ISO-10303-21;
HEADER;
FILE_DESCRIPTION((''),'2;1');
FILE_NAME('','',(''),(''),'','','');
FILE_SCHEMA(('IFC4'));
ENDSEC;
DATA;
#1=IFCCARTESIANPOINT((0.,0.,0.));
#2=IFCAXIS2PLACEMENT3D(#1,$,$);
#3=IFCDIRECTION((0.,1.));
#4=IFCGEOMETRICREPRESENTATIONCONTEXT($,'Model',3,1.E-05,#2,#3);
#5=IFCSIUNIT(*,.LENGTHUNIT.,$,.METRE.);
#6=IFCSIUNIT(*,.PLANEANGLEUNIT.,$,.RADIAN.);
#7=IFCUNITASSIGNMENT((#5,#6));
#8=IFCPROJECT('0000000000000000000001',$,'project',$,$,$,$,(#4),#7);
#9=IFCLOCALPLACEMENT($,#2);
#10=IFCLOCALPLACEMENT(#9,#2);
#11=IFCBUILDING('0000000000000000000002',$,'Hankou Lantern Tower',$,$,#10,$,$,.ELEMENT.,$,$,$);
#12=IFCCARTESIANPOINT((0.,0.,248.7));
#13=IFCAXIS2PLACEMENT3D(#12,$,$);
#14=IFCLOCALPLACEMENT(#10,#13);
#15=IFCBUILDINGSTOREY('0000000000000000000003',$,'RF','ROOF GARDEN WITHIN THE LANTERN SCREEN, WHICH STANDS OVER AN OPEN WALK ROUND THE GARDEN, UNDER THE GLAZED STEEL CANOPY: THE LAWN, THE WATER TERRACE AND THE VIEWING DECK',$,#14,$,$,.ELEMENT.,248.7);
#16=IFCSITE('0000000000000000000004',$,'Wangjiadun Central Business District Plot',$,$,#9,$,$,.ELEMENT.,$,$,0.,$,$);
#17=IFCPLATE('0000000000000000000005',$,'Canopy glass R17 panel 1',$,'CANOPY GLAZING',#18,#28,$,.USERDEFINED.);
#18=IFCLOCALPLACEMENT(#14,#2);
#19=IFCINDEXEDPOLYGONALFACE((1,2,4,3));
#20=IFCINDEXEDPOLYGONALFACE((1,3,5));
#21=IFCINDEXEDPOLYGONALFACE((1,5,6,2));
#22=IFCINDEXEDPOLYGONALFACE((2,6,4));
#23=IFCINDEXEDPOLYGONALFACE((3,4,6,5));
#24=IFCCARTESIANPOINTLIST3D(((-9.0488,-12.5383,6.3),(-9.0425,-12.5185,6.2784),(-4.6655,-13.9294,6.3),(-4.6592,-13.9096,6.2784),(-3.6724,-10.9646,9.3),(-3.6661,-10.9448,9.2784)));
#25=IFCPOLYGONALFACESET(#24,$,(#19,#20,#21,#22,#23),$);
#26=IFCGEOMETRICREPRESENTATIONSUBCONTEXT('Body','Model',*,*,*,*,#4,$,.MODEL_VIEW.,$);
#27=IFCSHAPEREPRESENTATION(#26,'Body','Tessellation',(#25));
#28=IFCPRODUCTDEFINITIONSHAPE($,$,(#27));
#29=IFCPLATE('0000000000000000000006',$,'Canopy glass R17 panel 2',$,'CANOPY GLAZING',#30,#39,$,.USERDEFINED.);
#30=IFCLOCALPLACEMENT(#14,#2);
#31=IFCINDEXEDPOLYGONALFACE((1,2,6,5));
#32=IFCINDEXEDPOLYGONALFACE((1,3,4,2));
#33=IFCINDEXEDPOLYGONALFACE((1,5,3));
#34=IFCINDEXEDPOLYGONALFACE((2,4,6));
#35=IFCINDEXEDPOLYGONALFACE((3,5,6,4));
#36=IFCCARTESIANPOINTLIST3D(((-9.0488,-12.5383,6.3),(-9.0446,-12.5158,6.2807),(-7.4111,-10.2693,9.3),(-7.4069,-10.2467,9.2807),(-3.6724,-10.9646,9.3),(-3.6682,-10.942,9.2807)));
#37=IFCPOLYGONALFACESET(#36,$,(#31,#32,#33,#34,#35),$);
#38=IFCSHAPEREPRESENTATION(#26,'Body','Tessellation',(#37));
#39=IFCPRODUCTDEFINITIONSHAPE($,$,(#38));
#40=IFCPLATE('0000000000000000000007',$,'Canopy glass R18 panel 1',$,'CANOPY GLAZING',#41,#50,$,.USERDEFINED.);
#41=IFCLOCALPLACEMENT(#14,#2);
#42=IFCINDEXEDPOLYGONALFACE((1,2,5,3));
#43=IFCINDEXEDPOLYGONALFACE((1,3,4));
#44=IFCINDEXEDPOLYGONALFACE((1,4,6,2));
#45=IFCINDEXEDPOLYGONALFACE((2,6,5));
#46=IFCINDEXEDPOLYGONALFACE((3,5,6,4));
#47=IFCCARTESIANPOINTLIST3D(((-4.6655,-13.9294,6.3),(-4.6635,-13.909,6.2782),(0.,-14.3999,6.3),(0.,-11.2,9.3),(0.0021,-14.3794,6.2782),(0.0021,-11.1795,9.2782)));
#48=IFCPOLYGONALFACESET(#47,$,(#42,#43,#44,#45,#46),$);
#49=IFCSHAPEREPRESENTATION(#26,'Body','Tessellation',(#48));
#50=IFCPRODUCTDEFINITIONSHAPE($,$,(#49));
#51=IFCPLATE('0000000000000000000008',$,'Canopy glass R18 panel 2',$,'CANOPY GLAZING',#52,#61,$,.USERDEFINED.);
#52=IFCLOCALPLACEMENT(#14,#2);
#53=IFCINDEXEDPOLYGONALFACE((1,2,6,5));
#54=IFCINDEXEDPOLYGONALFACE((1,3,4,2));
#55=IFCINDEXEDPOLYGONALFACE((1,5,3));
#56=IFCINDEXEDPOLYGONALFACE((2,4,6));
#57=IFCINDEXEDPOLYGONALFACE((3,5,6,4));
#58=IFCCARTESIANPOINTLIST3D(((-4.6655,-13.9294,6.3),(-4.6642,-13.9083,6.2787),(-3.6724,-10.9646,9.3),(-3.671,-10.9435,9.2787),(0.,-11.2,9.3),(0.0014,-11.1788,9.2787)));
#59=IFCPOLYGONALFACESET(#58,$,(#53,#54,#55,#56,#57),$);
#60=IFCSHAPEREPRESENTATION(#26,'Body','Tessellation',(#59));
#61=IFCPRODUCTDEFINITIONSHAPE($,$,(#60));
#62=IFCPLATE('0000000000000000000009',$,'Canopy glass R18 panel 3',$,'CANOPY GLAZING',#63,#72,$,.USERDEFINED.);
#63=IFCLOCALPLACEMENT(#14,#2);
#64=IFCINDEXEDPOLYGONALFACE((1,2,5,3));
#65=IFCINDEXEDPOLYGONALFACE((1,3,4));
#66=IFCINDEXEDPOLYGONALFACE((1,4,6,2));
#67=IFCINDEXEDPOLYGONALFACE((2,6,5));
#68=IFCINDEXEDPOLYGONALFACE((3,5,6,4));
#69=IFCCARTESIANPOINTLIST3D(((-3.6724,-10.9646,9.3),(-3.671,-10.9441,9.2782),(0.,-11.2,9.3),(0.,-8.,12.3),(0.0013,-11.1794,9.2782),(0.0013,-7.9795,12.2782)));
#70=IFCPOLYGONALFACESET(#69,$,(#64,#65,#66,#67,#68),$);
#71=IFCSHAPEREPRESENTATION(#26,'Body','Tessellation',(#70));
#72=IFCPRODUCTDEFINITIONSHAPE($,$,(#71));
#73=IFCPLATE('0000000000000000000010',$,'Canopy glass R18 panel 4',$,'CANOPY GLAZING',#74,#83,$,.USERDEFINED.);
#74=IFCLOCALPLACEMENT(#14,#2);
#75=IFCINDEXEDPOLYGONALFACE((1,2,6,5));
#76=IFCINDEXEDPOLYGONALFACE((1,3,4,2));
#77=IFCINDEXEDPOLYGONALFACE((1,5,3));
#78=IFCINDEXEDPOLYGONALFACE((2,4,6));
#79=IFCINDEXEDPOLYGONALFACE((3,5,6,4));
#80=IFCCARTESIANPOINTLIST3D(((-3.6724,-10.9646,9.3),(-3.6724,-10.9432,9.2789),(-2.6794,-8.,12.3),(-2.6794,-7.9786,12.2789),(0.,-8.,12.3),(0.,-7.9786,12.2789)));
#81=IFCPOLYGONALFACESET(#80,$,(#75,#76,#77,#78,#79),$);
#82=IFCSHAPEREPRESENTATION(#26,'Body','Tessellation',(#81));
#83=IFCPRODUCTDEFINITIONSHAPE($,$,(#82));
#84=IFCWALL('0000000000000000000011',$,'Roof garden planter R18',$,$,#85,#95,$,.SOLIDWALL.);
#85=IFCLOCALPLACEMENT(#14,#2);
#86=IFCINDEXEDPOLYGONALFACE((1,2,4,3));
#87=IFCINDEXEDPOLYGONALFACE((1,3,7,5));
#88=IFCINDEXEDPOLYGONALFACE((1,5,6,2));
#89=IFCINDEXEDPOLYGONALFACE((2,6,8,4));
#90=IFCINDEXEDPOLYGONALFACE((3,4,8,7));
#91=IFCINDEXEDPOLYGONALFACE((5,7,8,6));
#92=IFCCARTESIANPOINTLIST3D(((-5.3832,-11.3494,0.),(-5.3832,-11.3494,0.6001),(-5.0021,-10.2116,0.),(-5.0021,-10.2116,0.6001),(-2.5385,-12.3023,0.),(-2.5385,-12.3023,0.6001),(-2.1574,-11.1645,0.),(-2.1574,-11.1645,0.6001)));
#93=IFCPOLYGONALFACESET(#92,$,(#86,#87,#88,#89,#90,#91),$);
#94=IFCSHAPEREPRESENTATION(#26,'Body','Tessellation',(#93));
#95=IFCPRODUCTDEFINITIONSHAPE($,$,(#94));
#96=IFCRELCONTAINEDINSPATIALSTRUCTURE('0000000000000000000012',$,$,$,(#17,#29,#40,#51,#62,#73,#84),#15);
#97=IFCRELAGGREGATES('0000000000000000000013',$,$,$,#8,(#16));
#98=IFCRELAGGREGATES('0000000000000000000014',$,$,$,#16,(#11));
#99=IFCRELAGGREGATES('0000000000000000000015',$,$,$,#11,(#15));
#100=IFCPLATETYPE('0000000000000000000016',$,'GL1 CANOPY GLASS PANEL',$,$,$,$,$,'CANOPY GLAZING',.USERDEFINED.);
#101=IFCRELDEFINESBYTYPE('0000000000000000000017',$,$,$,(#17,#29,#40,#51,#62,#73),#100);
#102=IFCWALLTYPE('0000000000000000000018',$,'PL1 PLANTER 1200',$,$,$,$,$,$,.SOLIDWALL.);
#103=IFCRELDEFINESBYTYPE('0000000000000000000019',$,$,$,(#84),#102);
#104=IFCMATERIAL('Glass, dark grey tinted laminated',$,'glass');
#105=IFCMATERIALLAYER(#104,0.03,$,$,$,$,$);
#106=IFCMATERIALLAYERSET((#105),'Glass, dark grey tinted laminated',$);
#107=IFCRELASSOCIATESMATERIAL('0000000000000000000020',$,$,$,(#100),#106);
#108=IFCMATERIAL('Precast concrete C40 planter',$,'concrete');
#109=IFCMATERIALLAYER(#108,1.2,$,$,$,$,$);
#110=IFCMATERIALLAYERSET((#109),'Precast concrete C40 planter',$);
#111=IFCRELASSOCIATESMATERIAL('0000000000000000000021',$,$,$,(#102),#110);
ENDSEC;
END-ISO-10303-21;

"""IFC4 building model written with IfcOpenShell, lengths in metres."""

from ifc_helpers import new_model, si_unit, direction, frame, frame_2d, origin, place, context, subcontext, project, spatial, polyline, rectangle, outline, extrude, material, layer, layer_set, type_object, element, save


model = new_model("IFC4")

# Units and contexts
model_context = context("Model", 3, precision=1e-05, world=origin(), true_north=direction((0.0, 1.0)))
body_context = subcontext(model_context, "Body", "Model", "MODEL_VIEW")
ifc_project = project(units=[si_unit("LENGTHUNIT", "METRE"), si_unit("PLANEANGLEUNIT", "RADIAN")], contexts=[model_context])

# Site, building, storey
site_placement = place(None, origin())
site = spatial("IfcSite", under=ifc_project, at=site_placement, Name="Wangjiadun Central Business District Plot", CompositionType="ELEMENT", RefElevation=0.0)
building_placement = place(site_placement, origin())
building = spatial("IfcBuilding", under=site, at=building_placement, Name="Hankou Lantern Tower", CompositionType="ELEMENT")
storey_placement = place(building_placement, frame((0.0, 0.0, 248.7)))
storey = spatial("IfcBuildingStorey", under=building, at=storey_placement, Name="RF", Description="ROOF GARDEN WITHIN THE LANTERN SCREEN, WHICH STANDS OVER AN OPEN WALK ROUND THE GARDEN, UNDER THE GLAZED STEEL CANOPY: THE LAWN, THE WATER TERRACE AND THE VIEWING DECK", CompositionType="ELEMENT", Elevation=248.7)

# Plates
ifc_material_1 = material(Name="Glass, dark grey tinted laminated", Category="glass")
ifc_layer_1 = layer(ifc_material_1, 0.03)
ifc_layer_set_1 = layer_set([ifc_layer_1], Name="Glass, dark grey tinted laminated")
plate_type = type_object("IfcPlateType", Name="GL1 CANOPY GLASS PANEL", ElementType="CANOPY GLAZING", PredefinedType="USERDEFINED", material=ifc_layer_set_1)
plate_1_placement = place(storey_placement, frame((-9.0488, -12.5383, 6.3), z_axis=(-0.209442, -0.659936, 0.721539), x_axis=(0.95315, -0.302498, 0.0)))
element("IfcPlate", 1, at=plate_1_placement, inside=storey, type_object=plate_type, Name="Canopy glass R17 panel 1", ObjectType="CANOPY GLAZING", PredefinedType="USERDEFINED", context=body_context, shape_type="SweptSolid", body=[
    extrude(outline(polyline([(0.0, 0.0), (4.5988, 0.0), (4.6485, 4.3329), (0.0, 0.0)])), origin(), (0.0, 0.0, -1.0), 0.03),
])
plate_2_placement = place(storey_placement, frame((-9.0488, -12.5383, 6.3), z_axis=(-0.139765, -0.751534, 0.644719), x_axis=(0.846053, 0.247646, 0.472087)))
element("IfcPlate", 2, at=plate_2_placement, inside=storey, type_object=plate_type, Name="Canopy glass R17 panel 2", ObjectType="CANOPY GLAZING", PredefinedType="USERDEFINED", context=body_context, shape_type="SweptSolid", body=[
    extrude(outline(polyline([(0.0, 0.0), (6.3548, 0.0), (3.3638, 2.3486), (0.0, 0.0)])), origin(), (0.0, 0.0, -1.0), 0.03),
])
plate_3_placement = place(storey_placement, frame((-4.6655, -13.9294, 6.3), z_axis=(-0.068804, -0.682326, 0.727803), x_axis=(0.994954, -0.100328, 0.0)))
element("IfcPlate", 3, at=plate_3_placement, inside=storey, type_object=plate_type, Name="Canopy glass R18 panel 1", ObjectType="CANOPY GLAZING", PredefinedType="USERDEFINED", context=body_context, shape_type="SweptSolid", body=[
    extrude(outline(polyline([(0.0, 0.0), (4.6892, 0.0), (4.3681, 4.3745), (0.0, 0.0)])), origin(), (0.0, 0.0, -1.0), 0.03),
])
plate_4_placement = place(storey_placement, frame((-4.6655, -13.9294, 6.3), z_axis=(-0.045056, -0.703042, 0.709719), x_axis=(0.754694, 0.441522, 0.485279)))
element("IfcPlate", 4, at=plate_4_placement, inside=storey, type_object=plate_type, Name="Canopy glass R18 panel 2", ObjectType="CANOPY GLAZING", PredefinedType="USERDEFINED", context=body_context, shape_type="SweptSolid", body=[
    extrude(outline(polyline([(0.0, 0.0), (6.182, 0.0), (3.5144, 2.5349), (0.0, 0.0)])), origin(), (0.0, 0.0, -1.0), 0.03),
])
plate_5_placement = place(storey_placement, frame((-3.6724, -10.9646, 9.3), z_axis=(-0.04379, -0.683291, 0.728832), x_axis=(0.997953, -0.063956, 0.0)))
element("IfcPlate", 5, at=plate_5_placement, inside=storey, type_object=plate_type, Name="Canopy glass R18 panel 3", ObjectType="CANOPY GLAZING", PredefinedType="USERDEFINED", context=body_context, shape_type="SweptSolid", body=[
    extrude(outline(polyline([(0.0, 0.0), (3.6799, 0.0), (3.4752, 4.3815), (0.0, 0.0)])), origin(), (0.0, 0.0, -1.0), 0.03),
])
plate_6_placement = place(storey_placement, frame((-3.6724, -10.9646, 9.3), z_axis=(0.0, -0.711291, 0.702898), x_axis=(0.656669, 0.530111, 0.536441)))
element("IfcPlate", 6, at=plate_6_placement, inside=storey, type_object=plate_type, Name="Canopy glass R18 panel 4", ObjectType="CANOPY GLAZING", PredefinedType="USERDEFINED", context=body_context, shape_type="SweptSolid", body=[
    extrude(outline(polyline([(0.0, 0.0), (5.5924, 0.0), (3.8329, 2.0208), (0.0, 0.0)])), origin(), (0.0, 0.0, -1.0), 0.03),
])

# Wall
ifc_material_2 = material(Name="Precast concrete C40 planter", Category="concrete")
ifc_layer_2 = layer(ifc_material_2, 1.2)
ifc_layer_set_2 = layer_set([ifc_layer_2], Name="Precast concrete C40 planter")
wall_type = type_object("IfcWallType", Name="PL1 PLANTER 1200", PredefinedType="SOLIDWALL", material=ifc_layer_set_2)
wall_placement = place(storey_placement, frame((-5.1926, -10.7805, 0.0), z_axis=(0.0, 0.0, 1.0), x_axis=(0.948218, -0.317619, 0.0)))
element("IfcWall", 7, at=wall_placement, inside=storey, type_object=wall_type, Name="Roof garden planter R18", PredefinedType="SOLIDWALL", context=body_context, shape_type="SweptSolid", body=[
    extrude(rectangle(XDim=3.0, YDim=1.2, at=frame_2d((1.5, 0.0))), origin(), (0.0, 0.0, 1.0), 0.6001),
])

save(model, "model.ifc")
